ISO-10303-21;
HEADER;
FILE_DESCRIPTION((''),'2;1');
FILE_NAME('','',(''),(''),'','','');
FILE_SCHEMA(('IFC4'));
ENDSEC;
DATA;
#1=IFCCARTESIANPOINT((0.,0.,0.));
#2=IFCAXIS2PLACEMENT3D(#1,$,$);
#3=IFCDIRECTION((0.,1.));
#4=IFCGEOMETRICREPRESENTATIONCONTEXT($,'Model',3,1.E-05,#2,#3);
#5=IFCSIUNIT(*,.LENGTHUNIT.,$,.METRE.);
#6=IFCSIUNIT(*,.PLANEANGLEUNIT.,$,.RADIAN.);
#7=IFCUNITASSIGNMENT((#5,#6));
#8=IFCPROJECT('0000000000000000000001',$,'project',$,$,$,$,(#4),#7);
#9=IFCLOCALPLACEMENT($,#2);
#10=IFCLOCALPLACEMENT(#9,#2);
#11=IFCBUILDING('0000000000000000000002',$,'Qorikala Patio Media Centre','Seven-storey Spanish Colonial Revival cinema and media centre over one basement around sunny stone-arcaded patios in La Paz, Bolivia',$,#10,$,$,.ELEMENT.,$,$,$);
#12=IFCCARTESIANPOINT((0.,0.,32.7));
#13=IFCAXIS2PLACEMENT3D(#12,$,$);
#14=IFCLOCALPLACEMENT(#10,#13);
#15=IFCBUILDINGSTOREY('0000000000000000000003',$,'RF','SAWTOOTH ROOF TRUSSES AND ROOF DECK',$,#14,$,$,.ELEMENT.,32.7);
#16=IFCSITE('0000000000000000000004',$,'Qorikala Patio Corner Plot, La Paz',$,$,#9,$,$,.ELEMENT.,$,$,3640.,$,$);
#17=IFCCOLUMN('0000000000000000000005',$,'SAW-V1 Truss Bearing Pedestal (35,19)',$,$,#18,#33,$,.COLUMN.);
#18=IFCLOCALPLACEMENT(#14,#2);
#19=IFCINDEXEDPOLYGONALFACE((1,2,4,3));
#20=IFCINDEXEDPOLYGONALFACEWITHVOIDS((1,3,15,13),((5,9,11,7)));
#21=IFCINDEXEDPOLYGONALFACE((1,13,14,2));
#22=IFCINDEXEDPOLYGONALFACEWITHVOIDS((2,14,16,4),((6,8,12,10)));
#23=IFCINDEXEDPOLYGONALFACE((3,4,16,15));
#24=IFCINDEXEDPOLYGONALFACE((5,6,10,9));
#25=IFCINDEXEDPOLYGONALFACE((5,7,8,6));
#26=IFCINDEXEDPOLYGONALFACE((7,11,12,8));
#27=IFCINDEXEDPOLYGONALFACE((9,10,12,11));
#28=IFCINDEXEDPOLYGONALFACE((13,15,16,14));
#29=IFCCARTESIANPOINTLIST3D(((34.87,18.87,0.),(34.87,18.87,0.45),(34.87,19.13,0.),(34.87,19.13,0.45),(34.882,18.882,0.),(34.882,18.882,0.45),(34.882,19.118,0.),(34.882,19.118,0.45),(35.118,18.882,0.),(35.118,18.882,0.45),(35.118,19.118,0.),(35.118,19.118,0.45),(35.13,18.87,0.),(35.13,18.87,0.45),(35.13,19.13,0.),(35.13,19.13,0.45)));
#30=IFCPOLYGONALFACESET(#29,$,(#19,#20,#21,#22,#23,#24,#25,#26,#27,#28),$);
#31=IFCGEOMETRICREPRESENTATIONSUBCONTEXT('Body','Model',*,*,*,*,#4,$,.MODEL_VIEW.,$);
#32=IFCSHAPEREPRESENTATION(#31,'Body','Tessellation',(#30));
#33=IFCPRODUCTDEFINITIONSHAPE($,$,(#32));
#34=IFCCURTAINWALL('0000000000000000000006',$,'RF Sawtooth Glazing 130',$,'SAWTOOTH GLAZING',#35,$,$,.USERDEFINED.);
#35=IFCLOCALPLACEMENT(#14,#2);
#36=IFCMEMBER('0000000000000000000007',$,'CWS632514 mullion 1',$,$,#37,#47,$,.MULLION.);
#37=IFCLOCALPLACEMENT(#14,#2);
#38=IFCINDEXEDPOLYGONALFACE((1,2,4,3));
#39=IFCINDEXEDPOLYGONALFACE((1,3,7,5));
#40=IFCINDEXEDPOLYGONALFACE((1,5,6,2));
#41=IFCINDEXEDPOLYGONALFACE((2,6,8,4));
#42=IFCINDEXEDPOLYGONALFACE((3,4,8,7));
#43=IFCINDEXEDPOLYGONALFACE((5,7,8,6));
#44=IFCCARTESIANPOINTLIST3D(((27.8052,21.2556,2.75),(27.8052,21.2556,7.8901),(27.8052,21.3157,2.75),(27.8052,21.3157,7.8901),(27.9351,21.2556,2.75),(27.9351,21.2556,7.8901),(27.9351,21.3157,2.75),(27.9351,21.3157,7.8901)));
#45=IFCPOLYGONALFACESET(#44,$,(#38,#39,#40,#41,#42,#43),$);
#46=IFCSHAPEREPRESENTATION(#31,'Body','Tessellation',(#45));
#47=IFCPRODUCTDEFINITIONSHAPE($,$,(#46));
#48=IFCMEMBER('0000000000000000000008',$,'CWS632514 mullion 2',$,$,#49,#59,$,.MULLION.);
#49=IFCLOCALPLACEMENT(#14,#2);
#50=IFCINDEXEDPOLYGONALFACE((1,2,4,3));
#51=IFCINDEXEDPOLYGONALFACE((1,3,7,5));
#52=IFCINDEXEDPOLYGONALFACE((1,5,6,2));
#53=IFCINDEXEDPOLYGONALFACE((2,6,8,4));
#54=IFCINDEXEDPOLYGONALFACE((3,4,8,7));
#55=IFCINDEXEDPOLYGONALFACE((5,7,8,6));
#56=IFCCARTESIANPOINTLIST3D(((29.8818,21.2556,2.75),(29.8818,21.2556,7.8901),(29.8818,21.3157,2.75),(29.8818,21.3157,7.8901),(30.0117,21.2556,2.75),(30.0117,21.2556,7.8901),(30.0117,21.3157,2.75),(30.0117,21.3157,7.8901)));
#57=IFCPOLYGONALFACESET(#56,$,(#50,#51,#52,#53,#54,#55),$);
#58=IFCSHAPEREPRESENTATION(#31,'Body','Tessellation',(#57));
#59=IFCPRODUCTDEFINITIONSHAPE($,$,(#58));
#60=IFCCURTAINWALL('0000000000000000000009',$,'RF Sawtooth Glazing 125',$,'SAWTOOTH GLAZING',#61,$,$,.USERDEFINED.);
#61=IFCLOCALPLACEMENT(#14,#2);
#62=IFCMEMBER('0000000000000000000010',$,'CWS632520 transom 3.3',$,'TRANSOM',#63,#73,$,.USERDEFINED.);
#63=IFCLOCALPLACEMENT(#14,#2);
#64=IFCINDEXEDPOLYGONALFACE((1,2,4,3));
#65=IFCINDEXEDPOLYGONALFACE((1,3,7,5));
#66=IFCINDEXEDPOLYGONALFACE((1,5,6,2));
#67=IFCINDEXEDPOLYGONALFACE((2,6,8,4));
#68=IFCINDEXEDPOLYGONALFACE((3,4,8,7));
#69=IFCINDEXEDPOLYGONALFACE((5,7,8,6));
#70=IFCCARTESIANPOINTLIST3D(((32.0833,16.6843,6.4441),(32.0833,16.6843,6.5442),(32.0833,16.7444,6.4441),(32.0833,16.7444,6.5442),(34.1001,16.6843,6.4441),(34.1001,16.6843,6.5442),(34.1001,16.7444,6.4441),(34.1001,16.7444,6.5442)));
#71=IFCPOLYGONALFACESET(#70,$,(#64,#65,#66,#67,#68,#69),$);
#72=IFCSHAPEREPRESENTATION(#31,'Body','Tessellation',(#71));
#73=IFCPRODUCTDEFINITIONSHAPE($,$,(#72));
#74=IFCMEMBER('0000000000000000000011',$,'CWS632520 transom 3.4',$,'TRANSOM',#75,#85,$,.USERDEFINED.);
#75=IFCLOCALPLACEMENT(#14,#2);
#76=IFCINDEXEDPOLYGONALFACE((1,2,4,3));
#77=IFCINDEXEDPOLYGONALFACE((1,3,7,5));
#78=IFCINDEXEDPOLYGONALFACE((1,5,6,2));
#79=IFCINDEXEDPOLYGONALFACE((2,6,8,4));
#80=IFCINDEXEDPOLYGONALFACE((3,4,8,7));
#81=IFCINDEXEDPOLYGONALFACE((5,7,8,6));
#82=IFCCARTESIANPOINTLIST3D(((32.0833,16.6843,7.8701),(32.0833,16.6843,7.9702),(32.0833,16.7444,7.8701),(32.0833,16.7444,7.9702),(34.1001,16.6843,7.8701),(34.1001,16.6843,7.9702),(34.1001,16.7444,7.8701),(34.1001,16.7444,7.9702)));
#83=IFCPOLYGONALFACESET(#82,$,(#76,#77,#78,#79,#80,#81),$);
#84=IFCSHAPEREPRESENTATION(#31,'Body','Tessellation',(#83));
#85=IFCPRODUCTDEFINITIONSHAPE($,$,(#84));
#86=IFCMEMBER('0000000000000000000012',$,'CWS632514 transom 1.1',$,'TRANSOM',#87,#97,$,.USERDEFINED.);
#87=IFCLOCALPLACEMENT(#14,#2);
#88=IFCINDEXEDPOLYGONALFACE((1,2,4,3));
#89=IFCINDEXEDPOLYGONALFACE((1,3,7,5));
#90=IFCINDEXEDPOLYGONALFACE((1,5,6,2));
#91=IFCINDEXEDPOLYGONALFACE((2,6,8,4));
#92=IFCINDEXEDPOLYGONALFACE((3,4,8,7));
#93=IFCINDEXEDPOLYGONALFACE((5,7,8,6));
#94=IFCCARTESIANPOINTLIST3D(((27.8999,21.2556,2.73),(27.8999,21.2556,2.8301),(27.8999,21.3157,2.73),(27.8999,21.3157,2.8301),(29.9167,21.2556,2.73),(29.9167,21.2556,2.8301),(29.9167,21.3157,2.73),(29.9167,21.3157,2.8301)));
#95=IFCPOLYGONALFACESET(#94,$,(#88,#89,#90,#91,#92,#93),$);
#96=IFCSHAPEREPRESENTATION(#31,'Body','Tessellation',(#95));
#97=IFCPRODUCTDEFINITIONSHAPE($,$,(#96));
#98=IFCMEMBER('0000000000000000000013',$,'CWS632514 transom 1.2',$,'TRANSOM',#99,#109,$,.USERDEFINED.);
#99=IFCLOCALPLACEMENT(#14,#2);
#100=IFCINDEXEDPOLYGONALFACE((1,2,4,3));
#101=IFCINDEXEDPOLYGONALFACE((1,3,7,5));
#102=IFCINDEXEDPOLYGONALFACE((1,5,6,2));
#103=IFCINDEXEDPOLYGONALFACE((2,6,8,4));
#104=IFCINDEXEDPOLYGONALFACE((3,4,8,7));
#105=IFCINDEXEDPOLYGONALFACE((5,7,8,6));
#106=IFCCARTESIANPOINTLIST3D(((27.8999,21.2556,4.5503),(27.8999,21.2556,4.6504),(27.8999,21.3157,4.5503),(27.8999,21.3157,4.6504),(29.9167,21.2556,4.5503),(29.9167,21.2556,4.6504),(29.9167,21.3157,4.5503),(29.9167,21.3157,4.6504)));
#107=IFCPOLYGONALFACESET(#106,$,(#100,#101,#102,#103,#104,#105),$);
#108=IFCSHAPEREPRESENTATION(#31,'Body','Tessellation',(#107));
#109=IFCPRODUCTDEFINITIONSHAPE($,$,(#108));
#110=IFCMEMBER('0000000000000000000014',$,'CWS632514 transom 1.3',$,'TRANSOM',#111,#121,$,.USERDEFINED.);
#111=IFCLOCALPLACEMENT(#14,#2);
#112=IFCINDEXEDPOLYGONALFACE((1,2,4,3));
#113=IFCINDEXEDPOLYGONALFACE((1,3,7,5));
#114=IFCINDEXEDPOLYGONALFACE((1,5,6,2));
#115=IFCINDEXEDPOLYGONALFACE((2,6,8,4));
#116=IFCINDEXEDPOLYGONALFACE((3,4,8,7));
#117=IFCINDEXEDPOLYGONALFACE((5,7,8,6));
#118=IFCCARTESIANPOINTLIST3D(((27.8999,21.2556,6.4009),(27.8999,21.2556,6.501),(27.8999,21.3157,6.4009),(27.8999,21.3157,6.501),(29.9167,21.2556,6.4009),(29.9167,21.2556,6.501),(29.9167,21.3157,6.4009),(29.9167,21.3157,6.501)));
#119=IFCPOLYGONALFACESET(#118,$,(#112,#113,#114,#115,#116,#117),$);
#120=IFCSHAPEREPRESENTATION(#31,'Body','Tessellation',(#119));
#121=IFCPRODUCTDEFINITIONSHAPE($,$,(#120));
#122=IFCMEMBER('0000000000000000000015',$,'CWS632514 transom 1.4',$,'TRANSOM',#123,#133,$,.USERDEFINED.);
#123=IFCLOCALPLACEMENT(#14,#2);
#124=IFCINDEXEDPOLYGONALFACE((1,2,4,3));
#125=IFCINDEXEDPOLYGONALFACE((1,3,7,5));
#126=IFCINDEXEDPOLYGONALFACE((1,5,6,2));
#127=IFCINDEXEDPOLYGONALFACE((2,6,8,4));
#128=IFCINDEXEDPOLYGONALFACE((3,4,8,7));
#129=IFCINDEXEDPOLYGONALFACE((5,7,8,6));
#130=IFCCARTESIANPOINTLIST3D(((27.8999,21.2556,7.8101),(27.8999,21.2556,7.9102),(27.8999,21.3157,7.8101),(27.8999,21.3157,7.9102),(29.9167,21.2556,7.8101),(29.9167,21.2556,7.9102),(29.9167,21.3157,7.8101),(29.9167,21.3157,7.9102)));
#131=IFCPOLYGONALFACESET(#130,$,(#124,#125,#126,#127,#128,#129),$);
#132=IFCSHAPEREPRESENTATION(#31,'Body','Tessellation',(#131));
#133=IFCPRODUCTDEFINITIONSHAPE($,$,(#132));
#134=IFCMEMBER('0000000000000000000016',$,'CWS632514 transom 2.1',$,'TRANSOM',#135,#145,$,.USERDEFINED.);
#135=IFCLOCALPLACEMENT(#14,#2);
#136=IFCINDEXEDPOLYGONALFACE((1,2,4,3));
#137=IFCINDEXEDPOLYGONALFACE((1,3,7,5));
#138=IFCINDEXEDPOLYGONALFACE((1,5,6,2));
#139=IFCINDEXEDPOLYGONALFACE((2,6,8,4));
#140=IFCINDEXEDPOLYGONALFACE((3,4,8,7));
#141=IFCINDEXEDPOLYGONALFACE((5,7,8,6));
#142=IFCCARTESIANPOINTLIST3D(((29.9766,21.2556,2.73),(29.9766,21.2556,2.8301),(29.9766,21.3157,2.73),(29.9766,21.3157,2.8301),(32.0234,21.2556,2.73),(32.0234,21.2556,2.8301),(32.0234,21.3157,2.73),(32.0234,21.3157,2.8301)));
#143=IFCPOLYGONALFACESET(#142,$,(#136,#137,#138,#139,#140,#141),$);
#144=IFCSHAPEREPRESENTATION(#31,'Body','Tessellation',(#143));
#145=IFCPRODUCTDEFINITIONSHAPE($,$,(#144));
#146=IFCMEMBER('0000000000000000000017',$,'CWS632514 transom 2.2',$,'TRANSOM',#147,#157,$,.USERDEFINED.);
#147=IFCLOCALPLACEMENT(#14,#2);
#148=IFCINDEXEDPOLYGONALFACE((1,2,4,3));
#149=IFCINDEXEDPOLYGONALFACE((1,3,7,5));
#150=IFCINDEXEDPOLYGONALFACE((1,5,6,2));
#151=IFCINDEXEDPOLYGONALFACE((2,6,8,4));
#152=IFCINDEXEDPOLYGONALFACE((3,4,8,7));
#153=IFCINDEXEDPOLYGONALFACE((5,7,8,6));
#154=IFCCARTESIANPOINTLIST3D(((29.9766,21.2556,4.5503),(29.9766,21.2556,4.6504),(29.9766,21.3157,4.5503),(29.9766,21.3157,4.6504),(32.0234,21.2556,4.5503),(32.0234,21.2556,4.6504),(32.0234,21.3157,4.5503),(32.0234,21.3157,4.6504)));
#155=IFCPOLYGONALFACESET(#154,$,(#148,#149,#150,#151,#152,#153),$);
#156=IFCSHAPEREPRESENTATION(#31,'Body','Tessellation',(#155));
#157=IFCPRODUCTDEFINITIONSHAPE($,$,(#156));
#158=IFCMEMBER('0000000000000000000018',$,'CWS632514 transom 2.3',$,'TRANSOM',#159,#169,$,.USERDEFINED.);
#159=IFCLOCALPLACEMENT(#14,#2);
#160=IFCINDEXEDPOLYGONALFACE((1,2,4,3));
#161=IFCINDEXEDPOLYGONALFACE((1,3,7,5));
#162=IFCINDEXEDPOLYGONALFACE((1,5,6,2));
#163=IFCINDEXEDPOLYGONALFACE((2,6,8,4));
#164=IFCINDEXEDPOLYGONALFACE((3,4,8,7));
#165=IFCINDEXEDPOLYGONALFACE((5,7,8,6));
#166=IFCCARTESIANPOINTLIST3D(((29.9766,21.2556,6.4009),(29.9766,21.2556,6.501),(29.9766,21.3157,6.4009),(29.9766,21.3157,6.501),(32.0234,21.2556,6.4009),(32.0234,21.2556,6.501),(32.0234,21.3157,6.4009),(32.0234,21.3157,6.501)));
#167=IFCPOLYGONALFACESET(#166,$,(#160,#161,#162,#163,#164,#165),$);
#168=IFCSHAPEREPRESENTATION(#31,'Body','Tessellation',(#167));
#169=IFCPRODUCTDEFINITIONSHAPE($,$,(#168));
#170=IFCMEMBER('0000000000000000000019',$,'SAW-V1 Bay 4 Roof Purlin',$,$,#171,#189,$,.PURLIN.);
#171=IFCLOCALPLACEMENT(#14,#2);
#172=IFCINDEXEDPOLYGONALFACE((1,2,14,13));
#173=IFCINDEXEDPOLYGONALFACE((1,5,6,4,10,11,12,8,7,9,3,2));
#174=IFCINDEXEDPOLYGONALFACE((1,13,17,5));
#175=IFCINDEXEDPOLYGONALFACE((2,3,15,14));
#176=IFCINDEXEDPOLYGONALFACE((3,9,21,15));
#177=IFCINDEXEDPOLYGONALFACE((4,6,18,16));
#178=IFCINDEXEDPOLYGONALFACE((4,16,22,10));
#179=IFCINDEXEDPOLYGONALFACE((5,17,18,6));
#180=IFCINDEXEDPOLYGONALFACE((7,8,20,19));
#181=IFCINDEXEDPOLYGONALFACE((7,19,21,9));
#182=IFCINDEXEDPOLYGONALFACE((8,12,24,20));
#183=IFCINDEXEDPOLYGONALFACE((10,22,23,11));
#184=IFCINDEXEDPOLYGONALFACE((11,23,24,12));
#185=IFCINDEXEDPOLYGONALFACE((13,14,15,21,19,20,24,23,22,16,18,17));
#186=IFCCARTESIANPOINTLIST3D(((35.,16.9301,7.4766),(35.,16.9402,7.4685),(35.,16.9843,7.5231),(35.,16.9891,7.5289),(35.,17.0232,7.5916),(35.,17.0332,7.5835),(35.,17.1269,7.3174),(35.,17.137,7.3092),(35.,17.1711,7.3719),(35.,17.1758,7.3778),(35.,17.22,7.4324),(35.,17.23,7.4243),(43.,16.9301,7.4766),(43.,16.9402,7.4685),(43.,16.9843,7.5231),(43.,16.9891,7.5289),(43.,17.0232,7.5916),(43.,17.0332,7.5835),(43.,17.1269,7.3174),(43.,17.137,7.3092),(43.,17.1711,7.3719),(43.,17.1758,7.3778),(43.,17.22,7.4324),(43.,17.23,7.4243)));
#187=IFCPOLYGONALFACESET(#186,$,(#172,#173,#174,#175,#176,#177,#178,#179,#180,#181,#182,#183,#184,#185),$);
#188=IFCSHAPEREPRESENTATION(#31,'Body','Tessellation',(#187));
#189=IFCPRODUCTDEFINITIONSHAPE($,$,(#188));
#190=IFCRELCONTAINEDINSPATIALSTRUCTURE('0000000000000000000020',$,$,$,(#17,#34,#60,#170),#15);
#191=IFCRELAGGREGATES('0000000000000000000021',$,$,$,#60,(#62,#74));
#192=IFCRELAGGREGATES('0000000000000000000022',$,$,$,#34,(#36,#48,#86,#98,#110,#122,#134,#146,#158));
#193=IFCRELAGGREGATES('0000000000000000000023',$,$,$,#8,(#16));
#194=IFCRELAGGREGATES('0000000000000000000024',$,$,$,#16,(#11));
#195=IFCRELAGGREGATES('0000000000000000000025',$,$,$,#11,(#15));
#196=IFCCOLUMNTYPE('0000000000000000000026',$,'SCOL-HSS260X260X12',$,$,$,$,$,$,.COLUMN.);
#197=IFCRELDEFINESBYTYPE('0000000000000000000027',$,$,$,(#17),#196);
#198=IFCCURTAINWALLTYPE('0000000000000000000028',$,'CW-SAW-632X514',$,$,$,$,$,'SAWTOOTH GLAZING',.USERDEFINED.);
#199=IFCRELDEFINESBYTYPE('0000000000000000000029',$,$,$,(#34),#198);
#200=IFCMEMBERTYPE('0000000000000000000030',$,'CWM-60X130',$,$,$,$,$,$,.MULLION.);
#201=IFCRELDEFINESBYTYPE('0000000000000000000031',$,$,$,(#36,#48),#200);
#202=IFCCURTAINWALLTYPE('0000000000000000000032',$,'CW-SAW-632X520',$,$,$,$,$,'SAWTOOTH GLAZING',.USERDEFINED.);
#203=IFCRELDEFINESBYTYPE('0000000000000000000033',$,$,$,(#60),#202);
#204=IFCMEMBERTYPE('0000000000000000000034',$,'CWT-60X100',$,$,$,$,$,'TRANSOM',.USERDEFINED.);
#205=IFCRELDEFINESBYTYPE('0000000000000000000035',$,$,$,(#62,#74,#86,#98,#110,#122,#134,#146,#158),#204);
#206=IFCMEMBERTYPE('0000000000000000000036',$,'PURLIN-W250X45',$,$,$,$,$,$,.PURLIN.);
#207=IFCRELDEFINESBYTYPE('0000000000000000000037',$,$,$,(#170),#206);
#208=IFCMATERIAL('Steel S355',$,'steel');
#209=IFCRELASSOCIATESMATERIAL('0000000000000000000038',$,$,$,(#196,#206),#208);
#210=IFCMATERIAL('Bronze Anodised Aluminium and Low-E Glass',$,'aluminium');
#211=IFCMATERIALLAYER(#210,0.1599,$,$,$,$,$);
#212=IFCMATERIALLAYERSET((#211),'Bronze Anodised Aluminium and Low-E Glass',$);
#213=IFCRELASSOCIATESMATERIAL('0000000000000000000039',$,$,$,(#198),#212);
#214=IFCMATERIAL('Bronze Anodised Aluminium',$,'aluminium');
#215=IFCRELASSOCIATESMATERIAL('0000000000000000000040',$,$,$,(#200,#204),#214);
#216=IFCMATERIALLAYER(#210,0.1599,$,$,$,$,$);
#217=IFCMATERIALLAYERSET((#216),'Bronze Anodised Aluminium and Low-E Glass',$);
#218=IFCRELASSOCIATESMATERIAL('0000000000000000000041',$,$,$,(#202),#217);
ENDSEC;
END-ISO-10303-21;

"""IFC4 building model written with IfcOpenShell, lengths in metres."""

from ifc_helpers import new_model, si_unit, direction, frame, origin, origin_2d, place, context, subcontext, project, spatial, rectangle, hollow_rectangle, i_section, extrude, material, layer, layer_set, material_profile, profile_set, type_object, element, aggregate, save


model = new_model("IFC4")

# Units and contexts
model_context = context("Model", 3, precision=1e-05, world=origin(), true_north=direction((0.0, 1.0)))
body_context = subcontext(model_context, "Body", "Model", "MODEL_VIEW")
ifc_project = project(units=[si_unit("LENGTHUNIT", "METRE"), si_unit("PLANEANGLEUNIT", "RADIAN")], contexts=[model_context])

# Site, building, storey
site_placement = place(None, origin())
site = spatial("IfcSite", under=ifc_project, at=site_placement, Name="Qorikala Patio Corner Plot, La Paz", CompositionType="ELEMENT", RefElevation=3640.0)
building_placement = place(site_placement, origin())
building = spatial("IfcBuilding", under=site, at=building_placement, Name="Qorikala Patio Media Centre", Description="Seven-storey Spanish Colonial Revival cinema and media centre over one basement around sunny stone-arcaded patios in La Paz, Bolivia", CompositionType="ELEMENT")
storey_placement = place(building_placement, frame((0.0, 0.0, 32.7)))
storey = spatial("IfcBuildingStorey", under=building, at=storey_placement, Name="RF", Description="SAWTOOTH ROOF TRUSSES AND ROOF DECK", CompositionType="ELEMENT", Elevation=32.7)

# Column
ifc_material_1 = material(Name="Steel S355", Category="steel")
ifc_material_profile_1 = material_profile(ifc_material_1, hollow_rectangle(XDim=0.26, YDim=0.26, WallThickness=0.012, at=origin_2d()), Name="HSS260X260X12")
ifc_profile_set_1 = profile_set([ifc_material_profile_1], Name="Steel S355")
column_type = type_object("IfcColumnType", Name="SCOL-HSS260X260X12", PredefinedType="COLUMN", material=ifc_profile_set_1)
column_placement = place(storey_placement, frame((35.0, 19.0, 0.0), z_axis=(0.0, 0.0, 1.0), x_axis=(1.0, 0.0, 0.0)))
element("IfcColumn", 1, at=column_placement, inside=storey, type_object=column_type, Name="SAW-V1 Truss Bearing Pedestal (35,19)", PredefinedType="COLUMN", context=body_context, shape_type="SweptSolid", body=[
    extrude(hollow_rectangle(XDim=0.26, YDim=0.26, WallThickness=0.012, at=origin_2d()), origin(), (0.0, 0.0, 1.0), 0.45),
])

# Curtain walls, members
ifc_material_2 = material(Name="Bronze Anodised Aluminium and Low-E Glass", Category="aluminium")
ifc_layer_1 = layer(ifc_material_2, 0.1599)
ifc_layer_set_1 = layer_set([ifc_layer_1], Name="Bronze Anodised Aluminium and Low-E Glass")
curtain_wall_type_1 = type_object("IfcCurtainWallType", Name="CW-SAW-632X514", ElementType="SAWTOOTH GLAZING", PredefinedType="USERDEFINED", material=ifc_layer_set_1)
curtain_wall_1_placement = place(storey_placement, origin())
curtain_wall_1 = element("IfcCurtainWall", 2, at=curtain_wall_1_placement, inside=storey, type_object=curtain_wall_type_1, Name="RF Sawtooth Glazing 130", ObjectType="SAWTOOTH GLAZING", PredefinedType="USERDEFINED")
ifc_material_3 = material(Name="Bronze Anodised Aluminium", Category="aluminium")
ifc_material_profile_2 = material_profile(ifc_material_3, rectangle(XDim=0.0601, YDim=0.1299, at=origin_2d()), Name="ALU MULLION 60x130")
ifc_profile_set_2 = profile_set([ifc_material_profile_2], Name="Bronze Anodised Aluminium")
member_type_1 = type_object("IfcMemberType", Name="CWM-60X130", PredefinedType="MULLION", material=ifc_profile_set_2)
member_1_placement = place(storey_placement, frame((27.8701, 21.2856, 2.75), z_axis=(0.0, 0.0, 1.0), x_axis=(0.0, 1.0, 0.0)))
member_1 = element("IfcMember", 3, at=member_1_placement, type_object=member_type_1, Name="CWS632514 mullion 1", PredefinedType="MULLION", context=body_context, shape_type="SweptSolid", body=[
    extrude(rectangle(XDim=0.0601, YDim=0.1299, at=origin_2d()), origin(), (0.0, 0.0, 1.0), 5.1401),
])
member_2_placement = place(storey_placement, frame((29.9468, 21.2856, 2.75), z_axis=(0.0, 0.0, 1.0), x_axis=(0.0, 1.0, 0.0)))
member_2 = element("IfcMember", 4, at=member_2_placement, type_object=member_type_1, Name="CWS632514 mullion 2", PredefinedType="MULLION", context=body_context, shape_type="SweptSolid", body=[
    extrude(rectangle(XDim=0.0601, YDim=0.1299, at=origin_2d()), origin(), (0.0, 0.0, 1.0), 5.1401),
])
ifc_layer_2 = layer(ifc_material_2, 0.1599)
ifc_layer_set_2 = layer_set([ifc_layer_2], Name="Bronze Anodised Aluminium and Low-E Glass")
curtain_wall_type_2 = type_object("IfcCurtainWallType", Name="CW-SAW-632X520", ElementType="SAWTOOTH GLAZING", PredefinedType="USERDEFINED", material=ifc_layer_set_2)
curtain_wall_2_placement = place(storey_placement, origin())
curtain_wall_2 = element("IfcCurtainWall", 5, at=curtain_wall_2_placement, inside=storey, type_object=curtain_wall_type_2, Name="RF Sawtooth Glazing 125", ObjectType="SAWTOOTH GLAZING", PredefinedType="USERDEFINED")
ifc_material_profile_3 = material_profile(ifc_material_3, rectangle(XDim=0.0601, YDim=0.1001, at=origin_2d()), Name="ALU TRANSOM 60x100")
ifc_profile_set_3 = profile_set([ifc_material_profile_3], Name="Bronze Anodised Aluminium")
member_type_2 = type_object("IfcMemberType", Name="CWT-60X100", ElementType="TRANSOM", PredefinedType="USERDEFINED", material=ifc_profile_set_3)
member_3_placement = place(storey_placement, frame((32.0833, 16.7144, 6.4941), z_axis=(1.0, 0.0, 0.0), x_axis=(0.0, 1.0, 0.0)))
member_3 = element("IfcMember", 6, at=member_3_placement, type_object=member_type_2, Name="CWS632520 transom 3.3", ObjectType="TRANSOM", PredefinedType="USERDEFINED", context=body_context, shape_type="SweptSolid", body=[
    extrude(rectangle(XDim=0.0601, YDim=0.1001, at=origin_2d()), origin(), (0.0, 0.0, 1.0), 2.0168),
])
member_4_placement = place(storey_placement, frame((32.0833, 16.7144, 7.9202), z_axis=(1.0, 0.0, 0.0), x_axis=(0.0, 1.0, 0.0)))
member_4 = element("IfcMember", 7, at=member_4_placement, type_object=member_type_2, Name="CWS632520 transom 3.4", ObjectType="TRANSOM", PredefinedType="USERDEFINED", context=body_context, shape_type="SweptSolid", body=[
    extrude(rectangle(XDim=0.0601, YDim=0.1001, at=origin_2d()), origin(), (0.0, 0.0, 1.0), 2.0168),
])

# Members
member_5_placement = place(storey_placement, frame((27.8999, 21.2856, 2.78), z_axis=(1.0, 0.0, 0.0), x_axis=(0.0, 1.0, 0.0)))
member_5 = element("IfcMember", 8, at=member_5_placement, type_object=member_type_2, Name="CWS632514 transom 1.1", ObjectType="TRANSOM", PredefinedType="USERDEFINED", context=body_context, shape_type="SweptSolid", body=[
    extrude(rectangle(XDim=0.0601, YDim=0.1001, at=origin_2d()), origin(), (0.0, 0.0, 1.0), 2.0168),
])
member_6_placement = place(storey_placement, frame((27.8999, 21.2856, 4.6003), z_axis=(1.0, 0.0, 0.0), x_axis=(0.0, 1.0, 0.0)))
member_6 = element("IfcMember", 9, at=member_6_placement, type_object=member_type_2, Name="CWS632514 transom 1.2", ObjectType="TRANSOM", PredefinedType="USERDEFINED", context=body_context, shape_type="SweptSolid", body=[
    extrude(rectangle(XDim=0.0601, YDim=0.1001, at=origin_2d()), origin(), (0.0, 0.0, 1.0), 2.0168),
])
member_7_placement = place(storey_placement, frame((27.8999, 21.2856, 6.4509), z_axis=(1.0, 0.0, 0.0), x_axis=(0.0, 1.0, 0.0)))
member_7 = element("IfcMember", 10, at=member_7_placement, type_object=member_type_2, Name="CWS632514 transom 1.3", ObjectType="TRANSOM", PredefinedType="USERDEFINED", context=body_context, shape_type="SweptSolid", body=[
    extrude(rectangle(XDim=0.0601, YDim=0.1001, at=origin_2d()), origin(), (0.0, 0.0, 1.0), 2.0168),
])
member_8_placement = place(storey_placement, frame((27.8999, 21.2856, 7.8601), z_axis=(1.0, 0.0, 0.0), x_axis=(0.0, 1.0, 0.0)))
member_8 = element("IfcMember", 11, at=member_8_placement, type_object=member_type_2, Name="CWS632514 transom 1.4", ObjectType="TRANSOM", PredefinedType="USERDEFINED", context=body_context, shape_type="SweptSolid", body=[
    extrude(rectangle(XDim=0.0601, YDim=0.1001, at=origin_2d()), origin(), (0.0, 0.0, 1.0), 2.0168),
])
member_9_placement = place(storey_placement, frame((29.9766, 21.2856, 2.78), z_axis=(1.0, 0.0, 0.0), x_axis=(0.0, 1.0, 0.0)))
member_9 = element("IfcMember", 12, at=member_9_placement, type_object=member_type_2, Name="CWS632514 transom 2.1", ObjectType="TRANSOM", PredefinedType="USERDEFINED", context=body_context, shape_type="SweptSolid", body=[
    extrude(rectangle(XDim=0.0601, YDim=0.1001, at=origin_2d()), origin(), (0.0, 0.0, 1.0), 2.0469),
])
member_10_placement = place(storey_placement, frame((29.9766, 21.2856, 4.6003), z_axis=(1.0, 0.0, 0.0), x_axis=(0.0, 1.0, 0.0)))
member_10 = element("IfcMember", 13, at=member_10_placement, type_object=member_type_2, Name="CWS632514 transom 2.2", ObjectType="TRANSOM", PredefinedType="USERDEFINED", context=body_context, shape_type="SweptSolid", body=[
    extrude(rectangle(XDim=0.0601, YDim=0.1001, at=origin_2d()), origin(), (0.0, 0.0, 1.0), 2.0469),
])
member_11_placement = place(storey_placement, frame((29.9766, 21.2856, 6.4509), z_axis=(1.0, 0.0, 0.0), x_axis=(0.0, 1.0, 0.0)))
member_11 = element("IfcMember", 14, at=member_11_placement, type_object=member_type_2, Name="CWS632514 transom 2.3", ObjectType="TRANSOM", PredefinedType="USERDEFINED", context=body_context, shape_type="SweptSolid", body=[
    extrude(rectangle(XDim=0.0601, YDim=0.1001, at=origin_2d()), origin(), (0.0, 0.0, 1.0), 2.0469),
])
ifc_material_profile_4 = material_profile(ifc_material_1, i_section(OverallWidth=0.1479, OverallDepth=0.2661, WebThickness=0.0076, FlangeThickness=0.0129, at=origin_2d()), Name="W250X45")
ifc_profile_set_4 = profile_set([ifc_material_profile_4], Name="Steel S355")
member_type_3 = type_object("IfcMemberType", Name="PURLIN-W250X45", PredefinedType="PURLIN", material=ifc_profile_set_4)
member_12_placement = place(storey_placement, frame((35.0, 17.0801, 7.4504), z_axis=(1.0, 0.0, 0.0), x_axis=(0.0, 0.628995, 0.77741)))
element("IfcMember", 15, at=member_12_placement, inside=storey, type_object=member_type_3, Name="SAW-V1 Bay 4 Roof Purlin", PredefinedType="PURLIN", context=body_context, shape_type="SweptSolid", body=[
    extrude(i_section(OverallWidth=0.1479, OverallDepth=0.2661, WebThickness=0.0076, FlangeThickness=0.0129, at=origin_2d()), origin(), (0.0, 0.0, 1.0), 8.0),
])

aggregate(curtain_wall_2, [member_3, member_4])
aggregate(curtain_wall_1, [member_1, member_2, member_5, member_6, member_7, member_8, member_9, member_10, member_11])

save(model, "model.ifc")
